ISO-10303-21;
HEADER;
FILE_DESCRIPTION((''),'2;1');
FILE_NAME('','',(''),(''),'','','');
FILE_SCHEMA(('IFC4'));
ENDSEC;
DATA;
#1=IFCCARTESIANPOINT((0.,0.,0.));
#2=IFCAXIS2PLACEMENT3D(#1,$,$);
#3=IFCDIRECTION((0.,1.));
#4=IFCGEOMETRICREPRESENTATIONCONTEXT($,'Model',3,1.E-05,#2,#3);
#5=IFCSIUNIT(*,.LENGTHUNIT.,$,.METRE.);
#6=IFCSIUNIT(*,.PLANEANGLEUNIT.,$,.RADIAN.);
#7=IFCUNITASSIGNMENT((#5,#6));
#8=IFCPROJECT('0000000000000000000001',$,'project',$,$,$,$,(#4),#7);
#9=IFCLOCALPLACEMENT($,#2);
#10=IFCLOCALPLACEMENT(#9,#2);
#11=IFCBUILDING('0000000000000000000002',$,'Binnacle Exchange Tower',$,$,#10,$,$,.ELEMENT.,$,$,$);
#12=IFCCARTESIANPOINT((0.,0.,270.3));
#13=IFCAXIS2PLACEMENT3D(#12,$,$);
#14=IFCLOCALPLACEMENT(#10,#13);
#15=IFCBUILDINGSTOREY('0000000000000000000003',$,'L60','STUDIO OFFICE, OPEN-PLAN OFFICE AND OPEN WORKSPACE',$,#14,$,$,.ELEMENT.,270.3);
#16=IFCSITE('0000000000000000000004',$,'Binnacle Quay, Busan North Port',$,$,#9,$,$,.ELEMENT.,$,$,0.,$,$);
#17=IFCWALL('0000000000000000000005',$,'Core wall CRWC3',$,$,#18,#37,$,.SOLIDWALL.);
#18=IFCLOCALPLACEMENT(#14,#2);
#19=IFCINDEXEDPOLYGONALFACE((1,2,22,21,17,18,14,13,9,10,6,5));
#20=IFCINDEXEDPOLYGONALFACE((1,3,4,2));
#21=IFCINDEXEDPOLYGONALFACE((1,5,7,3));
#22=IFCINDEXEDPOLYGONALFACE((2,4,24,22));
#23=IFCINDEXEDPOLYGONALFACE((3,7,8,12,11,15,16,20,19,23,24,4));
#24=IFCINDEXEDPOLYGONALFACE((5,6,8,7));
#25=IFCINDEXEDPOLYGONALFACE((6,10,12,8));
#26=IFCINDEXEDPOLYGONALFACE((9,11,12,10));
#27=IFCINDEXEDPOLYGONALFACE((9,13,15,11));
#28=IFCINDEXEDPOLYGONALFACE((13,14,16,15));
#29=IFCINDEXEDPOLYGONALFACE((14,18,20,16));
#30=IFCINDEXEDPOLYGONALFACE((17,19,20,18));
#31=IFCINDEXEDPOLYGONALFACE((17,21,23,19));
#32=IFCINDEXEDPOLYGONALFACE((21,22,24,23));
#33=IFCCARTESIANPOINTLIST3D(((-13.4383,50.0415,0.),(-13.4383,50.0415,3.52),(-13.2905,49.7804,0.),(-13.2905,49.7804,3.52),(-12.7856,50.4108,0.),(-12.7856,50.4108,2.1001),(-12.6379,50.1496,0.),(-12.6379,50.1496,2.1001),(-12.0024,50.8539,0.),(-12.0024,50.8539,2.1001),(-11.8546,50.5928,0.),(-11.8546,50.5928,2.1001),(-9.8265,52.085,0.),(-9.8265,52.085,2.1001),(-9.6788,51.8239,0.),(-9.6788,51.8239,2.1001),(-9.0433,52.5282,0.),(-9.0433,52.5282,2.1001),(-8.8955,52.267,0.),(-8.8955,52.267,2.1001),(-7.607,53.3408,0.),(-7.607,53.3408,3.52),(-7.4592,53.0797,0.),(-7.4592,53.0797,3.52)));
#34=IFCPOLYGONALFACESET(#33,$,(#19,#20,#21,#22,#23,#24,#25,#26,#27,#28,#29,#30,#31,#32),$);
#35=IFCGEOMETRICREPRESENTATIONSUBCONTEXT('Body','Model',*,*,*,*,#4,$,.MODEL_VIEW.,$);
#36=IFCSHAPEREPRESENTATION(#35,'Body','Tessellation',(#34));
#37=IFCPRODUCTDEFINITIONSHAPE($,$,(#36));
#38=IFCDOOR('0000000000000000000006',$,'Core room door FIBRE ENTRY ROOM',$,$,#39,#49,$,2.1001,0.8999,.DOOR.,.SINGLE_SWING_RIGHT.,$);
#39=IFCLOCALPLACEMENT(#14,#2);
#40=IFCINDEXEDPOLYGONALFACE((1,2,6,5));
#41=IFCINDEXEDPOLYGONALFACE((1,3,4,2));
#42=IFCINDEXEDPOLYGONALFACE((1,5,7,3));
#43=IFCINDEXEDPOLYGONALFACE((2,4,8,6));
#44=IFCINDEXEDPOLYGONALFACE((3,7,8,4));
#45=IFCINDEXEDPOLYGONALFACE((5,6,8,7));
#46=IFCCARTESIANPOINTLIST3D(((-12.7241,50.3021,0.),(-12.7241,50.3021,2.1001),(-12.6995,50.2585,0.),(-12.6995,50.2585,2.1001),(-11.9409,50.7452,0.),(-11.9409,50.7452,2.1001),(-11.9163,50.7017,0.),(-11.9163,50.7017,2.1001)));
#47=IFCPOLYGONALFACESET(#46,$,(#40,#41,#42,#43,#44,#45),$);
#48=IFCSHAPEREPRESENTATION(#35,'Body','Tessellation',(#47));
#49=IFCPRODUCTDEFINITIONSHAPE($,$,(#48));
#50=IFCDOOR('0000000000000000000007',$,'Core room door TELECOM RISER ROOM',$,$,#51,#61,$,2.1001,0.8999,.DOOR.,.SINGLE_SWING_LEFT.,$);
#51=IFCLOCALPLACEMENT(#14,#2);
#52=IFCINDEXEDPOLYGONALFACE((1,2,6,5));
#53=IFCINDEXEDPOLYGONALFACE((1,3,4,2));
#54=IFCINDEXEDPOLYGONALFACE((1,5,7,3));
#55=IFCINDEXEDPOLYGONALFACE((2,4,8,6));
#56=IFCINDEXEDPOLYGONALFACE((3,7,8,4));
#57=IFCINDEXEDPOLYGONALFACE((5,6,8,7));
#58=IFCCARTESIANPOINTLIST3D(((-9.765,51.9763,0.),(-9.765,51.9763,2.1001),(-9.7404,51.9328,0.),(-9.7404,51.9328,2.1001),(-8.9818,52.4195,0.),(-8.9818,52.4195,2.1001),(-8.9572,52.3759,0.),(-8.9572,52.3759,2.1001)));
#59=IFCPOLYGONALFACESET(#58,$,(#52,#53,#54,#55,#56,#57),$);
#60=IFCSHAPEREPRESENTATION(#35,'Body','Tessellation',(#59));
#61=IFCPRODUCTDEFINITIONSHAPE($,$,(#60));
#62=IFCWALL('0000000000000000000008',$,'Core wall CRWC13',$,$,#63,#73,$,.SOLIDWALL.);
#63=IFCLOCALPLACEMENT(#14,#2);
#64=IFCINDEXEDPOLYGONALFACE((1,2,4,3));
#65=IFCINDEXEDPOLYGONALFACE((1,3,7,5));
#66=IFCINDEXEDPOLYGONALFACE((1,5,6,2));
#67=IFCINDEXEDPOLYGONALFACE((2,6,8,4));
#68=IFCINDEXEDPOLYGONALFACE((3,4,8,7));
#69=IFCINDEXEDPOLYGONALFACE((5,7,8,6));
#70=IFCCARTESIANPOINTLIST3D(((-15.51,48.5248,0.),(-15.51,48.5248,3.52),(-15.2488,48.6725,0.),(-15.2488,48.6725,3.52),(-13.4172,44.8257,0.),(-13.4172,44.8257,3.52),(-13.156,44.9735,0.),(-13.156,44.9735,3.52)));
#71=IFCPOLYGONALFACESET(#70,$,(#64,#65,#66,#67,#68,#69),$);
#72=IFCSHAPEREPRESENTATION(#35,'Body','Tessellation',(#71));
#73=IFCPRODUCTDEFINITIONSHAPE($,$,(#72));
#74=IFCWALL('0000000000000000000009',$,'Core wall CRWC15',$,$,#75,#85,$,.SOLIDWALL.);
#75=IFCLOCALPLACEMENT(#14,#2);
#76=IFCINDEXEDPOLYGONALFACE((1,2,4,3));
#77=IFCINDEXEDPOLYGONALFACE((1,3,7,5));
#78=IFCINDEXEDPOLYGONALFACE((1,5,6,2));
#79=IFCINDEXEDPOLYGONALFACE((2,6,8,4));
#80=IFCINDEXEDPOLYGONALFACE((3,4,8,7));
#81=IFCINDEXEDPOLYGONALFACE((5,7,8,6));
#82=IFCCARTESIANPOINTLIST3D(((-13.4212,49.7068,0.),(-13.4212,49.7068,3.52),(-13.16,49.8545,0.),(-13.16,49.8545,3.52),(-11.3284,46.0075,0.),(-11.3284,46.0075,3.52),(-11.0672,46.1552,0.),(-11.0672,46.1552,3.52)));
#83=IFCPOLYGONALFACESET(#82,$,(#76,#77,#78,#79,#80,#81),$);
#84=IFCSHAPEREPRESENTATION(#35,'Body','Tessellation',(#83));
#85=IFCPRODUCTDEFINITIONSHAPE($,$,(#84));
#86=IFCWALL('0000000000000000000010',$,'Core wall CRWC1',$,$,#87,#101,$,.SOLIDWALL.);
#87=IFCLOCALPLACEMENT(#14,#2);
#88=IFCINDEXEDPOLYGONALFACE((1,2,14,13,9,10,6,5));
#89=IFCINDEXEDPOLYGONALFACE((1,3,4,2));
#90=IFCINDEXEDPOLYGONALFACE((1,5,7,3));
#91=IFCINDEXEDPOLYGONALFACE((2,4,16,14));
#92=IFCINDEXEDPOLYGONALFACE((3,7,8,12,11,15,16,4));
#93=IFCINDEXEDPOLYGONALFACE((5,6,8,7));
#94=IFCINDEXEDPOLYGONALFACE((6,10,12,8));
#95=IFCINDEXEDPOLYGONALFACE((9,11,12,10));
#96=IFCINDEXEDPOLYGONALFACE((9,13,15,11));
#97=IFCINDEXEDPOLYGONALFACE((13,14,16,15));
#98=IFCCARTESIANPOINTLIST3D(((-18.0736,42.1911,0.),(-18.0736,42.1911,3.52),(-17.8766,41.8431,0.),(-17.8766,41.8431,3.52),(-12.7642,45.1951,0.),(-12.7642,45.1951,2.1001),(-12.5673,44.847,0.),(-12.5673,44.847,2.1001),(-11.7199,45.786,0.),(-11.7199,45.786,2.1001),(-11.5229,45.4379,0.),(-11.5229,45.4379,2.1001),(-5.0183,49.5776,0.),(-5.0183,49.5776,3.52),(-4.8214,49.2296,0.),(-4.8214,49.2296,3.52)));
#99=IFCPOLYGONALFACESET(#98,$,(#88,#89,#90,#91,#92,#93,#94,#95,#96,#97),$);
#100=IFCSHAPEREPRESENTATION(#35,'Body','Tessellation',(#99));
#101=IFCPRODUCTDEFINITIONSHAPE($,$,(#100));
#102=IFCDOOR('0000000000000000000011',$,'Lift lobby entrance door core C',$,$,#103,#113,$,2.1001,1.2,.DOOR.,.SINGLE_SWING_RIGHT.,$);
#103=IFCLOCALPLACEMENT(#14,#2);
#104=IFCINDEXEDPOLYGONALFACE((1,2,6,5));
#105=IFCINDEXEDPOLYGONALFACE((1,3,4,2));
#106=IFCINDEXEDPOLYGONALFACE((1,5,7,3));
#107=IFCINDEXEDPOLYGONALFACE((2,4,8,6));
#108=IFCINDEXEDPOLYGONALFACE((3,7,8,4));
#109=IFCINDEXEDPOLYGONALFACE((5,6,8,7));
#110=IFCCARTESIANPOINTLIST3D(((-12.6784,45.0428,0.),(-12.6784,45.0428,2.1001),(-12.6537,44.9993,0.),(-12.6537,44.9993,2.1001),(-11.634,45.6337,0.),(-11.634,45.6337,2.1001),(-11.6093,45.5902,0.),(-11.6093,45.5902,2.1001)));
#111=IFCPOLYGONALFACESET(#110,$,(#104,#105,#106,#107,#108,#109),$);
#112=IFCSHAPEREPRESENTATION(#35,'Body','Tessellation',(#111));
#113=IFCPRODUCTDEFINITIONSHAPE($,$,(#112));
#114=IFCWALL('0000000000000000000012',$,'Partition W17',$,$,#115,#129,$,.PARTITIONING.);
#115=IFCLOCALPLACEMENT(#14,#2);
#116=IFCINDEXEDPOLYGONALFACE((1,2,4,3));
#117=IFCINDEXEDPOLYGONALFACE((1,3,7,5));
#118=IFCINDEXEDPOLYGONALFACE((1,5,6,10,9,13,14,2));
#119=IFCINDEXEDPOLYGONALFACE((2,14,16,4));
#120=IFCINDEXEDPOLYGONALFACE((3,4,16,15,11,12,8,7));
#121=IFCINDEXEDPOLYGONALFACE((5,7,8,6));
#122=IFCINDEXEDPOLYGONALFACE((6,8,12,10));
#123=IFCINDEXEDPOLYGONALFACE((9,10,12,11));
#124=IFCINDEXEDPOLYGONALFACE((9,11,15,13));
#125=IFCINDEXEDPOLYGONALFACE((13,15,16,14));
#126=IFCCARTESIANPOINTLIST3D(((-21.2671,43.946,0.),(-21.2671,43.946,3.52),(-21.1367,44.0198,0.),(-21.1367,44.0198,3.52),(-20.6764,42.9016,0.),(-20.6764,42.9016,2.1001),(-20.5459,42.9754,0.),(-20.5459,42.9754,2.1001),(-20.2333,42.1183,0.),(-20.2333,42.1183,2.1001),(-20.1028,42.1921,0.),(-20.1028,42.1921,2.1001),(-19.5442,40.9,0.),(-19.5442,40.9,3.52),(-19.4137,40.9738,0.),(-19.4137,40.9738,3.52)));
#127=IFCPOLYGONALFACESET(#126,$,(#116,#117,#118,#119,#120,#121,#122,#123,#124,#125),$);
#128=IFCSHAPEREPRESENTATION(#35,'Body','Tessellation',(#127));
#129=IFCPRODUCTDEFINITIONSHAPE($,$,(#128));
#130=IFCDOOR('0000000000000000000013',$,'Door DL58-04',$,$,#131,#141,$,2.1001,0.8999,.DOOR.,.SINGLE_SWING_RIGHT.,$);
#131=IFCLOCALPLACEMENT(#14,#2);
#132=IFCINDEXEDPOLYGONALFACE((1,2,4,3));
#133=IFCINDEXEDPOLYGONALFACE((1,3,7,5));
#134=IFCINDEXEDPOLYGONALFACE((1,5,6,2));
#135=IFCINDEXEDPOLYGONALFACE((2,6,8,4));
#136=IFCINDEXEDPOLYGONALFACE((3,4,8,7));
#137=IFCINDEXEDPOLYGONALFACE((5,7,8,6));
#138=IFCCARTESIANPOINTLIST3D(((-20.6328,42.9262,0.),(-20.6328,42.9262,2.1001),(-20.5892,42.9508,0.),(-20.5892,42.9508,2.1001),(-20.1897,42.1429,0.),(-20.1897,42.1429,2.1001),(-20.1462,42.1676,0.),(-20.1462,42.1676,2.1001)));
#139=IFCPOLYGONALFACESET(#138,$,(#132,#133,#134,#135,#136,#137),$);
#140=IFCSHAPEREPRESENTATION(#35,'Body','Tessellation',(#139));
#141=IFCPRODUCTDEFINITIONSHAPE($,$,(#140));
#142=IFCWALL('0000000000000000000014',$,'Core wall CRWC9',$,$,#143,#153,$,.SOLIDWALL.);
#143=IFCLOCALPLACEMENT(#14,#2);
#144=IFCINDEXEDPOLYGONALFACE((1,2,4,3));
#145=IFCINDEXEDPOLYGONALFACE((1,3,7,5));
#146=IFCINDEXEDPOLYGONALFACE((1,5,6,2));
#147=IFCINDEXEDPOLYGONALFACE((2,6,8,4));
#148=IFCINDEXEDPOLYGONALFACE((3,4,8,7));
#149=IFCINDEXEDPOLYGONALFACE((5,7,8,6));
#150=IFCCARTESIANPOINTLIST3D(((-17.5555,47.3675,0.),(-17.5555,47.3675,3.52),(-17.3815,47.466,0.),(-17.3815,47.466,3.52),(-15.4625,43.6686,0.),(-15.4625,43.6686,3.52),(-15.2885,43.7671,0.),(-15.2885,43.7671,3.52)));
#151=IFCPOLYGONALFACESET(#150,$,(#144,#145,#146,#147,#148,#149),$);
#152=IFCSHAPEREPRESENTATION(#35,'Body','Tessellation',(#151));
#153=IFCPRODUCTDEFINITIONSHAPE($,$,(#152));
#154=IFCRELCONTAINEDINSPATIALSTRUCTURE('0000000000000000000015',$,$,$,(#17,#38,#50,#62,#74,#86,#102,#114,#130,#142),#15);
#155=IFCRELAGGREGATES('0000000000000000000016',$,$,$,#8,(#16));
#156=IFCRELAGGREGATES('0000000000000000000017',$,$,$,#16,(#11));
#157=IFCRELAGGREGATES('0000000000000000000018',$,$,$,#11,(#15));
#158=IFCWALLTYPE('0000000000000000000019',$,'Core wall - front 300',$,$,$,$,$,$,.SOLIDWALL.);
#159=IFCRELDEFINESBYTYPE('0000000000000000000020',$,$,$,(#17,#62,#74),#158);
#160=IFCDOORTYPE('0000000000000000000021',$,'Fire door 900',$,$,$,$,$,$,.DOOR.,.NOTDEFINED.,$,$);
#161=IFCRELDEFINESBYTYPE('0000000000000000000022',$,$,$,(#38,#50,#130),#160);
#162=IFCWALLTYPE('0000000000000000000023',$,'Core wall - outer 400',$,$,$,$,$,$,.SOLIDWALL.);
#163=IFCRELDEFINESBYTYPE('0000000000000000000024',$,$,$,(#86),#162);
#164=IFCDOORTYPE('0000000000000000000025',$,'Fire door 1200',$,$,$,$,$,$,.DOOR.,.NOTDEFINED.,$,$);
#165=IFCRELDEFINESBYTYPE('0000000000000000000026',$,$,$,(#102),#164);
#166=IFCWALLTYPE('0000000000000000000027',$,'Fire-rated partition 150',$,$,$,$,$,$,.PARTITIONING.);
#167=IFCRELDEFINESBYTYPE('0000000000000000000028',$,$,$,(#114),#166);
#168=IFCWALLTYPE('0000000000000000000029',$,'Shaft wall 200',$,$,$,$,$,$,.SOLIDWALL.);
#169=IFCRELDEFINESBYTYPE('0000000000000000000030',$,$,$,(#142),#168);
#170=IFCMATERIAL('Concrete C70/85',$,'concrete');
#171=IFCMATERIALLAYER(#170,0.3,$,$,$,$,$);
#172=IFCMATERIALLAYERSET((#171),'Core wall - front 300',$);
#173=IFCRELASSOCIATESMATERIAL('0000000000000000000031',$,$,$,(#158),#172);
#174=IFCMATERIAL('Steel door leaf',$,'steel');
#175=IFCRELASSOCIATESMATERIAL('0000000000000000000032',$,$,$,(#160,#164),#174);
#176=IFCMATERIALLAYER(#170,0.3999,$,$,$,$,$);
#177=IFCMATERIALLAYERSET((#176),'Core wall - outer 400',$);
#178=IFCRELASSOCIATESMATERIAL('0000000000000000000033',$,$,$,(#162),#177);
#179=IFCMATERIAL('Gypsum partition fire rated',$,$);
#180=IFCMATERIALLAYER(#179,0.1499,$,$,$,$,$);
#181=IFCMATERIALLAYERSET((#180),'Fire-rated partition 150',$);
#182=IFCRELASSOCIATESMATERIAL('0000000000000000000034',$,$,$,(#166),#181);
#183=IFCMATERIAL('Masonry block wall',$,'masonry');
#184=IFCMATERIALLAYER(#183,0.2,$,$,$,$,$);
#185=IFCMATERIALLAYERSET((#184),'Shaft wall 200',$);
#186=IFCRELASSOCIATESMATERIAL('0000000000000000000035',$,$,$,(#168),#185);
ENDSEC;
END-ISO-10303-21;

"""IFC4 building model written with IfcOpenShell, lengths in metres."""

from ifc_helpers import new_model, si_unit, direction, frame, frame_2d, origin, place, context, subcontext, project, spatial, rectangle, extrude, material, layer, layer_set, type_object, element, fill, save


model = new_model("IFC4")

# Units and contexts
model_context = context("Model", 3, precision=1e-05, world=origin(), true_north=direction((0.0, 1.0)))
body_context = subcontext(model_context, "Body", "Model", "MODEL_VIEW")
ifc_project = project(units=[si_unit("LENGTHUNIT", "METRE"), si_unit("PLANEANGLEUNIT", "RADIAN")], contexts=[model_context])

# Site, building, storey
site_placement = place(None, origin())
site = spatial("IfcSite", under=ifc_project, at=site_placement, Name="Binnacle Quay, Busan North Port", CompositionType="ELEMENT", RefElevation=0.0)
building_placement = place(site_placement, origin())
building = spatial("IfcBuilding", under=site, at=building_placement, Name="Binnacle Exchange Tower", CompositionType="ELEMENT")
storey_placement = place(building_placement, frame((0.0, 0.0, 270.3)))
storey = spatial("IfcBuildingStorey", under=building, at=storey_placement, Name="L60", Description="STUDIO OFFICE, OPEN-PLAN OFFICE AND OPEN WORKSPACE", CompositionType="ELEMENT", Elevation=270.3)

# Wall, openings, doors
ifc_material_1 = material(Name="Concrete C70/85", Category="concrete")
ifc_layer_1 = layer(ifc_material_1, 0.3)
ifc_layer_set_1 = layer_set([ifc_layer_1], Name="Core wall - front 300")
wall_type_1 = type_object("IfcWallType", Name="Core wall - front 300", PredefinedType="SOLIDWALL", material=ifc_layer_set_1)
ifc_material_2 = material(Name="Steel door leaf", Category="steel")
wall_1_placement = place(storey_placement, frame((-13.3645, 49.9109, 0.0), z_axis=(0.0, 0.0, 1.0), x_axis=(0.870348, 0.492438, 0.0)))
wall_1 = element("IfcWall", 1, at=wall_1_placement, inside=storey, type_object=wall_type_1, Name="Core wall CRWC3", PredefinedType="SOLIDWALL", context=body_context, shape_type="SweptSolid", body=[
    extrude(rectangle(XDim=6.7, YDim=0.3, at=frame_2d((3.3501, 0.0))), origin(), (0.0, 0.0, 1.0), 3.52),
])
opening_1_placement = place(wall_1_placement, frame((0.75, 0.0, 0.0)))
opening_1 = element("IfcOpeningElement", 2, at=opening_1_placement, cuts=wall_1, PredefinedType="OPENING", context=body_context, shape_type="SweptSolid", body=[
    extrude(rectangle(XDim=0.8999, YDim=2.1001, at=frame_2d((0.45, 1.05))), frame((0.0, 0.1599, 0.0), z_axis=(0.0, -1.0, 0.0), x_axis=(1.0, 0.0, 0.0)), (0.0, 0.0, 1.0), 0.3201),
])
opening_2_placement = place(wall_1_placement, frame((4.1499, 0.0, 0.0)))
opening_2 = element("IfcOpeningElement", 3, at=opening_2_placement, cuts=wall_1, PredefinedType="OPENING", context=body_context, shape_type="SweptSolid", body=[
    extrude(rectangle(XDim=0.8999, YDim=2.1001, at=frame_2d((0.45, 1.05))), frame((0.0, 0.1599, 0.0), z_axis=(0.0, -1.0, 0.0), x_axis=(1.0, 0.0, 0.0)), (0.0, 0.0, 1.0), 0.3201),
])
door_type_1 = type_object("IfcDoorType", Name="Fire door 900", OperationType="NOTDEFINED", PredefinedType="DOOR", material=ifc_material_2)
door_1_placement = place(opening_1_placement, frame((0.8999, 0.0, 0.0), z_axis=(0.0, 0.0, 1.0), x_axis=(-1.0, 0.0, 0.0)))
door_1 = element("IfcDoor", 4, at=door_1_placement, inside=storey, type_object=door_type_1, Name="Core room door FIBRE ENTRY ROOM", OperationType="SINGLE_SWING_RIGHT", OverallHeight=2.1001, OverallWidth=0.8999, PredefinedType="DOOR", context=body_context, shape_type="SweptSolid", body=[
    extrude(rectangle(XDim=0.8999, YDim=2.1001, at=frame_2d((0.45, 1.05))), frame((0.0, 0.0249, 0.0), z_axis=(0.0, -1.0, 0.0), x_axis=(1.0, 0.0, 0.0)), (0.0, 0.0, 1.0), 0.05),
])
fill(opening_1, door_1)
door_2_placement = place(opening_2_placement, frame((0.8999, 0.0, 0.0), z_axis=(0.0, 0.0, 1.0), x_axis=(-1.0, 0.0, 0.0)))
door_2 = element("IfcDoor", 5, at=door_2_placement, inside=storey, type_object=door_type_1, Name="Core room door TELECOM RISER ROOM", OperationType="SINGLE_SWING_LEFT", OverallHeight=2.1001, OverallWidth=0.8999, PredefinedType="DOOR", context=body_context, shape_type="SweptSolid", body=[
    extrude(rectangle(XDim=0.8999, YDim=2.1001, at=frame_2d((0.45, 1.05))), frame((0.0, 0.0249, 0.0), z_axis=(0.0, -1.0, 0.0), x_axis=(1.0, 0.0, 0.0)), (0.0, 0.0, 1.0), 0.05),
])
fill(opening_2, door_2)

# Walls
wall_2_placement = place(storey_placement, frame((-15.3794, 48.5986, 0.0), z_axis=(0.0, 0.0, 1.0), x_axis=(0.492423, -0.870356, 0.0)))
element("IfcWall", 6, at=wall_2_placement, inside=storey, type_object=wall_type_1, Name="Core wall CRWC13", PredefinedType="SOLIDWALL", context=body_context, shape_type="SweptSolid", body=[
    extrude(rectangle(XDim=4.25, YDim=0.3, at=frame_2d((2.125, 0.0))), origin(), (0.0, 0.0, 1.0), 3.52),
])
wall_3_placement = place(storey_placement, frame((-13.2905, 49.7805, 0.0), z_axis=(0.0, 0.0, 1.0), x_axis=(0.492398, -0.87037, 0.0)))
element("IfcWall", 7, at=wall_3_placement, inside=storey, type_object=wall_type_1, Name="Core wall CRWC15", PredefinedType="SOLIDWALL", context=body_context, shape_type="SweptSolid", body=[
    extrude(rectangle(XDim=4.2502, YDim=0.3, at=frame_2d((2.125, 0.0))), origin(), (0.0, 0.0, 1.0), 3.52),
])

# Walls, openings, doors
ifc_layer_2 = layer(ifc_material_1, 0.3999)
ifc_layer_set_2 = layer_set([ifc_layer_2], Name="Core wall - outer 400")
wall_type_2 = type_object("IfcWallType", Name="Core wall - outer 400", PredefinedType="SOLIDWALL", material=ifc_layer_set_2)
wall_4_placement = place(storey_placement, frame((-17.9751, 42.0171, 0.0), z_axis=(0.0, 0.0, 1.0), x_axis=(0.87035, 0.492434, 0.0)))
wall_4 = element("IfcWall", 8, at=wall_4_placement, inside=storey, type_object=wall_type_2, Name="Core wall CRWC1", PredefinedType="SOLIDWALL", context=body_context, shape_type="SweptSolid", body=[
    extrude(rectangle(XDim=15.0, YDim=0.3999, at=frame_2d((7.5, 0.0))), origin(), (0.0, 0.0, 1.0), 3.52),
])
opening_3_placement = place(wall_4_placement, frame((6.1001, 0.0, 0.0)))
opening_3 = element("IfcOpeningElement", 9, at=opening_3_placement, cuts=wall_4, PredefinedType="OPENING", context=body_context, shape_type="SweptSolid", body=[
    extrude(rectangle(XDim=1.2, YDim=2.1001, at=frame_2d((0.6001, 1.05))), frame((0.0, 0.21, 0.0), z_axis=(0.0, -1.0, 0.0), x_axis=(1.0, 0.0, 0.0)), (0.0, 0.0, 1.0), 0.4199),
])
door_type_2 = type_object("IfcDoorType", Name="Fire door 1200", OperationType="NOTDEFINED", PredefinedType="DOOR", material=ifc_material_2)
door_3_placement = place(opening_3_placement, frame((1.2, 0.0, 0.0), z_axis=(0.0, 0.0, 1.0), x_axis=(-1.0, 0.0, 0.0)))
door_3 = element("IfcDoor", 10, at=door_3_placement, inside=storey, type_object=door_type_2, Name="Lift lobby entrance door core C", OperationType="SINGLE_SWING_RIGHT", OverallHeight=2.1001, OverallWidth=1.2, PredefinedType="DOOR", context=body_context, shape_type="SweptSolid", body=[
    extrude(rectangle(XDim=1.2, YDim=2.1001, at=frame_2d((0.6001, 1.05))), frame((0.0, 0.0249, 0.0), z_axis=(0.0, -1.0, 0.0), x_axis=(1.0, 0.0, 0.0)), (0.0, 0.0, 1.0), 0.05),
])
fill(opening_3, door_3)
ifc_material_3 = material(Name="Gypsum partition fire rated")
ifc_layer_3 = layer(ifc_material_3, 0.1499)
ifc_layer_set_3 = layer_set([ifc_layer_3], Name="Fire-rated partition 150")
wall_type_3 = type_object("IfcWallType", Name="Fire-rated partition 150", PredefinedType="PARTITIONING", material=ifc_layer_set_3)
wall_5_placement = place(storey_placement, frame((-21.2019, 43.9829, 0.0), z_axis=(0.0, 0.0, 1.0), x_axis=(0.49234, -0.870403, 0.0)))
wall_5 = element("IfcWall", 11, at=wall_5_placement, inside=storey, type_object=wall_type_3, Name="Partition W17", PredefinedType="PARTITIONING", context=body_context, shape_type="SweptSolid", body=[
    extrude(rectangle(XDim=3.4995, YDim=0.1499, at=frame_2d((1.7498, 0.0))), origin(), (0.0, 0.0, 1.0), 3.52),
])
opening_4_placement = place(wall_5_placement, frame((1.2, 0.0, 0.0)))
opening_4 = element("IfcOpeningElement", 12, at=opening_4_placement, cuts=wall_5, PredefinedType="OPENING", context=body_context, shape_type="SweptSolid", body=[
    extrude(rectangle(XDim=0.8999, YDim=2.1001, at=frame_2d((0.45, 1.05))), frame((0.0, 0.085, 0.0), z_axis=(0.0, -1.0, 0.0), x_axis=(1.0, 0.0, 0.0)), (0.0, 0.0, 1.0), 0.1699),
])
door_4_placement = place(opening_4_placement, frame((0.8999, 0.0, 0.0), z_axis=(0.0, 0.0, 1.0), x_axis=(-1.0, 0.0, 0.0)))
door_4 = element("IfcDoor", 13, at=door_4_placement, inside=storey, type_object=door_type_1, Name="Door DL58-04", OperationType="SINGLE_SWING_RIGHT", OverallHeight=2.1001, OverallWidth=0.8999, PredefinedType="DOOR", context=body_context, shape_type="SweptSolid", body=[
    extrude(rectangle(XDim=0.8999, YDim=2.1001, at=frame_2d((0.45, 1.05))), frame((0.0, 0.0249, 0.0), z_axis=(0.0, -1.0, 0.0), x_axis=(1.0, 0.0, 0.0)), (0.0, 0.0, 1.0), 0.05),
])
fill(opening_4, door_4)

# Wall
ifc_material_4 = material(Name="Masonry block wall", Category="masonry")
ifc_layer_4 = layer(ifc_material_4, 0.2)
ifc_layer_set_4 = layer_set([ifc_layer_4], Name="Shaft wall 200")
wall_type_4 = type_object("IfcWallType", Name="Shaft wall 200", PredefinedType="SOLIDWALL", material=ifc_layer_set_4)
wall_6_placement = place(storey_placement, frame((-17.4685, 47.4167, 0.0), z_axis=(0.0, 0.0, 1.0), x_axis=(0.492466, -0.870332, 0.0)))
element("IfcWall", 14, at=wall_6_placement, inside=storey, type_object=wall_type_4, Name="Core wall CRWC9", PredefinedType="SOLIDWALL", context=body_context, shape_type="SweptSolid", body=[
    extrude(rectangle(XDim=4.25, YDim=0.2, at=frame_2d((2.125, 0.0))), origin(), (0.0, 0.0, 1.0), 3.52),
])

save(model, "model.ifc")
